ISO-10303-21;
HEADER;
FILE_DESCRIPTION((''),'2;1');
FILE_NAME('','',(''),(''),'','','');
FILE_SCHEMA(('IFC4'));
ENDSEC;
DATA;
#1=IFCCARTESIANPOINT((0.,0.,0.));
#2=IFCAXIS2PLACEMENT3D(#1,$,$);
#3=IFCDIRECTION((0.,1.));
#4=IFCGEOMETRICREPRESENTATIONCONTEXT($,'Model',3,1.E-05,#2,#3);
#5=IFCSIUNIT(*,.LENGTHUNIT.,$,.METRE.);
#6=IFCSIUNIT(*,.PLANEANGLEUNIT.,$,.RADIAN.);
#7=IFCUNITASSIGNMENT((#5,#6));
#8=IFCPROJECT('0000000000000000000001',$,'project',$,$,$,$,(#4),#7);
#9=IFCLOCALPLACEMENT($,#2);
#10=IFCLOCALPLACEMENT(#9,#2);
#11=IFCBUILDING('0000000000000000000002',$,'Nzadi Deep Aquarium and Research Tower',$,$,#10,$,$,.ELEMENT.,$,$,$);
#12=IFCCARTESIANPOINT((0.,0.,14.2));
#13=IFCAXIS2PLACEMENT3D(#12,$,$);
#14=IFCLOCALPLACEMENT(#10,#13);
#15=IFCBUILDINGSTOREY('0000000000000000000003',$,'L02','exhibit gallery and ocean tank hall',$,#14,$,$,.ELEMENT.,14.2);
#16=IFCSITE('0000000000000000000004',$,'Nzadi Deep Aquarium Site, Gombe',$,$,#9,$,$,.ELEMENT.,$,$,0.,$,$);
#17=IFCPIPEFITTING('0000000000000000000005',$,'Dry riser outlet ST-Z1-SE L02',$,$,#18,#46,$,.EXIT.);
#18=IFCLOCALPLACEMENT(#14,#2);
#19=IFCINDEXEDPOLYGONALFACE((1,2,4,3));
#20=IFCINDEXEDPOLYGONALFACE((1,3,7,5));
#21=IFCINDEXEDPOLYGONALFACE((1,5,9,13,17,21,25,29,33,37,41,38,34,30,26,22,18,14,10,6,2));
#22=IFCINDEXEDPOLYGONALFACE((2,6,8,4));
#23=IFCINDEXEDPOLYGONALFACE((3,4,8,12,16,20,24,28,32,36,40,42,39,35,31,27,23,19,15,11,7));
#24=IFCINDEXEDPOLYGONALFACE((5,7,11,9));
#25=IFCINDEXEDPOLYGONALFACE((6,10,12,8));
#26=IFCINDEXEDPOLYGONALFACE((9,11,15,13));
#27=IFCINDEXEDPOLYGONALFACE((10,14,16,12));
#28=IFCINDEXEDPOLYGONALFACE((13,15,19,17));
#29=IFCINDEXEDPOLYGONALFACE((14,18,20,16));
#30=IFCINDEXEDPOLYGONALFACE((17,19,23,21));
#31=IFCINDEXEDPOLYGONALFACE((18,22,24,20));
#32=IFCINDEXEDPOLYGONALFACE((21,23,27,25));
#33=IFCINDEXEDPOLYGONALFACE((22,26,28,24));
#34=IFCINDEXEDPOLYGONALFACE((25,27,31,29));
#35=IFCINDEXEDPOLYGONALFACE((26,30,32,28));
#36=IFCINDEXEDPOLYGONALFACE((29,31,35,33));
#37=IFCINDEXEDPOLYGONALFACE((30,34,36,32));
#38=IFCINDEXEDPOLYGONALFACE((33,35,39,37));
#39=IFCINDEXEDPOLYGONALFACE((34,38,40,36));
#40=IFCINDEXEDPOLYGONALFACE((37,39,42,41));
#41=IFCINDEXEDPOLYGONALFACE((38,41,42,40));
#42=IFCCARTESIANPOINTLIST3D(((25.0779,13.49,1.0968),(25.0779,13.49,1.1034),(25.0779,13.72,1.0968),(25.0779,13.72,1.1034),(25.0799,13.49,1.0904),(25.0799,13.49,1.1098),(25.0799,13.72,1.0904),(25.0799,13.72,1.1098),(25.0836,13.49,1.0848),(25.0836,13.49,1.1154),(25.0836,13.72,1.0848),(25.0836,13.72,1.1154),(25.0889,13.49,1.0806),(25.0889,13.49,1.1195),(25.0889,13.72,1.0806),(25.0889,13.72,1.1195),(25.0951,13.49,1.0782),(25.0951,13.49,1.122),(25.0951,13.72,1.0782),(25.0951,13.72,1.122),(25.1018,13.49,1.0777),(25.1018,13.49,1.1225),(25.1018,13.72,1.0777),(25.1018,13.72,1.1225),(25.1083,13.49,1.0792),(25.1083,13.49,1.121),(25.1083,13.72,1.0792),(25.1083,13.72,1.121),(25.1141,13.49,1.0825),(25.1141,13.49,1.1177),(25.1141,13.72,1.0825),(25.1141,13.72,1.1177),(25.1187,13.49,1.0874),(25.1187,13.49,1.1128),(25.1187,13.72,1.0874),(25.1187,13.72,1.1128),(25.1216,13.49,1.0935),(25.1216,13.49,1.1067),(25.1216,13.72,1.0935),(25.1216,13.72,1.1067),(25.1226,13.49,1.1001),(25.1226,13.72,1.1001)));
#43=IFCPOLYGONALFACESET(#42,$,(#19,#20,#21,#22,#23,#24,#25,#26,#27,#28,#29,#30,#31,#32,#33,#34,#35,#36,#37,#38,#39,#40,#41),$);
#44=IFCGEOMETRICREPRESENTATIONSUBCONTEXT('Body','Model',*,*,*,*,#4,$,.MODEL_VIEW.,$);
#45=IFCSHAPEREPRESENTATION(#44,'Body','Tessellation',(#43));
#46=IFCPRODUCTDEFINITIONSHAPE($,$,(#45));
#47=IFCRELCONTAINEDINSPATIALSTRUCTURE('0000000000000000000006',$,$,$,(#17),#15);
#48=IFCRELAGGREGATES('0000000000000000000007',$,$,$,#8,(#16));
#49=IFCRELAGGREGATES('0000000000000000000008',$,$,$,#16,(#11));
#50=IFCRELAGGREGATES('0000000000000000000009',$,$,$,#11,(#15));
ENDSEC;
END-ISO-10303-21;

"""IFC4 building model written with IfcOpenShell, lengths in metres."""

from ifc_helpers import new_model, si_unit, direction, frame, origin, origin_2d, place, context, subcontext, project, spatial, circle, extrude, element, save


model = new_model("IFC4")

# Units and contexts
model_context = context("Model", 3, precision=1e-05, world=origin(), true_north=direction((0.0, 1.0)))
body_context = subcontext(model_context, "Body", "Model", "MODEL_VIEW")
ifc_project = project(units=[si_unit("LENGTHUNIT", "METRE"), si_unit("PLANEANGLEUNIT", "RADIAN")], contexts=[model_context])

# Site, building, storey
site_placement = place(None, origin())
site = spatial("IfcSite", under=ifc_project, at=site_placement, Name="Nzadi Deep Aquarium Site, Gombe", CompositionType="ELEMENT", RefElevation=0.0)
building_placement = place(site_placement, origin())
building = spatial("IfcBuilding", under=site, at=building_placement, Name="Nzadi Deep Aquarium and Research Tower", CompositionType="ELEMENT")
storey_placement = place(building_placement, frame((0.0, 0.0, 14.2)))
storey = spatial("IfcBuildingStorey", under=building, at=storey_placement, Name="L02", Description="exhibit gallery and ocean tank hall", CompositionType="ELEMENT", Elevation=14.2)

# Pipe fitting
pipe_fitting_placement = place(storey_placement, frame((25.1001, 13.72, 1.1001), z_axis=(0.0, -1.0, 0.0), x_axis=(1.0, 0.0, 0.0)))
element("IfcPipeFitting", 1, at=pipe_fitting_placement, inside=storey, Name="Dry riser outlet ST-Z1-SE L02", PredefinedType="EXIT", context=body_context, shape_type="SweptSolid", body=[
    extrude(circle(Radius=0.0225, at=origin_2d()), origin(), (0.0, 0.0, 1.0), 0.23),
])

save(model, "model.ifc")
